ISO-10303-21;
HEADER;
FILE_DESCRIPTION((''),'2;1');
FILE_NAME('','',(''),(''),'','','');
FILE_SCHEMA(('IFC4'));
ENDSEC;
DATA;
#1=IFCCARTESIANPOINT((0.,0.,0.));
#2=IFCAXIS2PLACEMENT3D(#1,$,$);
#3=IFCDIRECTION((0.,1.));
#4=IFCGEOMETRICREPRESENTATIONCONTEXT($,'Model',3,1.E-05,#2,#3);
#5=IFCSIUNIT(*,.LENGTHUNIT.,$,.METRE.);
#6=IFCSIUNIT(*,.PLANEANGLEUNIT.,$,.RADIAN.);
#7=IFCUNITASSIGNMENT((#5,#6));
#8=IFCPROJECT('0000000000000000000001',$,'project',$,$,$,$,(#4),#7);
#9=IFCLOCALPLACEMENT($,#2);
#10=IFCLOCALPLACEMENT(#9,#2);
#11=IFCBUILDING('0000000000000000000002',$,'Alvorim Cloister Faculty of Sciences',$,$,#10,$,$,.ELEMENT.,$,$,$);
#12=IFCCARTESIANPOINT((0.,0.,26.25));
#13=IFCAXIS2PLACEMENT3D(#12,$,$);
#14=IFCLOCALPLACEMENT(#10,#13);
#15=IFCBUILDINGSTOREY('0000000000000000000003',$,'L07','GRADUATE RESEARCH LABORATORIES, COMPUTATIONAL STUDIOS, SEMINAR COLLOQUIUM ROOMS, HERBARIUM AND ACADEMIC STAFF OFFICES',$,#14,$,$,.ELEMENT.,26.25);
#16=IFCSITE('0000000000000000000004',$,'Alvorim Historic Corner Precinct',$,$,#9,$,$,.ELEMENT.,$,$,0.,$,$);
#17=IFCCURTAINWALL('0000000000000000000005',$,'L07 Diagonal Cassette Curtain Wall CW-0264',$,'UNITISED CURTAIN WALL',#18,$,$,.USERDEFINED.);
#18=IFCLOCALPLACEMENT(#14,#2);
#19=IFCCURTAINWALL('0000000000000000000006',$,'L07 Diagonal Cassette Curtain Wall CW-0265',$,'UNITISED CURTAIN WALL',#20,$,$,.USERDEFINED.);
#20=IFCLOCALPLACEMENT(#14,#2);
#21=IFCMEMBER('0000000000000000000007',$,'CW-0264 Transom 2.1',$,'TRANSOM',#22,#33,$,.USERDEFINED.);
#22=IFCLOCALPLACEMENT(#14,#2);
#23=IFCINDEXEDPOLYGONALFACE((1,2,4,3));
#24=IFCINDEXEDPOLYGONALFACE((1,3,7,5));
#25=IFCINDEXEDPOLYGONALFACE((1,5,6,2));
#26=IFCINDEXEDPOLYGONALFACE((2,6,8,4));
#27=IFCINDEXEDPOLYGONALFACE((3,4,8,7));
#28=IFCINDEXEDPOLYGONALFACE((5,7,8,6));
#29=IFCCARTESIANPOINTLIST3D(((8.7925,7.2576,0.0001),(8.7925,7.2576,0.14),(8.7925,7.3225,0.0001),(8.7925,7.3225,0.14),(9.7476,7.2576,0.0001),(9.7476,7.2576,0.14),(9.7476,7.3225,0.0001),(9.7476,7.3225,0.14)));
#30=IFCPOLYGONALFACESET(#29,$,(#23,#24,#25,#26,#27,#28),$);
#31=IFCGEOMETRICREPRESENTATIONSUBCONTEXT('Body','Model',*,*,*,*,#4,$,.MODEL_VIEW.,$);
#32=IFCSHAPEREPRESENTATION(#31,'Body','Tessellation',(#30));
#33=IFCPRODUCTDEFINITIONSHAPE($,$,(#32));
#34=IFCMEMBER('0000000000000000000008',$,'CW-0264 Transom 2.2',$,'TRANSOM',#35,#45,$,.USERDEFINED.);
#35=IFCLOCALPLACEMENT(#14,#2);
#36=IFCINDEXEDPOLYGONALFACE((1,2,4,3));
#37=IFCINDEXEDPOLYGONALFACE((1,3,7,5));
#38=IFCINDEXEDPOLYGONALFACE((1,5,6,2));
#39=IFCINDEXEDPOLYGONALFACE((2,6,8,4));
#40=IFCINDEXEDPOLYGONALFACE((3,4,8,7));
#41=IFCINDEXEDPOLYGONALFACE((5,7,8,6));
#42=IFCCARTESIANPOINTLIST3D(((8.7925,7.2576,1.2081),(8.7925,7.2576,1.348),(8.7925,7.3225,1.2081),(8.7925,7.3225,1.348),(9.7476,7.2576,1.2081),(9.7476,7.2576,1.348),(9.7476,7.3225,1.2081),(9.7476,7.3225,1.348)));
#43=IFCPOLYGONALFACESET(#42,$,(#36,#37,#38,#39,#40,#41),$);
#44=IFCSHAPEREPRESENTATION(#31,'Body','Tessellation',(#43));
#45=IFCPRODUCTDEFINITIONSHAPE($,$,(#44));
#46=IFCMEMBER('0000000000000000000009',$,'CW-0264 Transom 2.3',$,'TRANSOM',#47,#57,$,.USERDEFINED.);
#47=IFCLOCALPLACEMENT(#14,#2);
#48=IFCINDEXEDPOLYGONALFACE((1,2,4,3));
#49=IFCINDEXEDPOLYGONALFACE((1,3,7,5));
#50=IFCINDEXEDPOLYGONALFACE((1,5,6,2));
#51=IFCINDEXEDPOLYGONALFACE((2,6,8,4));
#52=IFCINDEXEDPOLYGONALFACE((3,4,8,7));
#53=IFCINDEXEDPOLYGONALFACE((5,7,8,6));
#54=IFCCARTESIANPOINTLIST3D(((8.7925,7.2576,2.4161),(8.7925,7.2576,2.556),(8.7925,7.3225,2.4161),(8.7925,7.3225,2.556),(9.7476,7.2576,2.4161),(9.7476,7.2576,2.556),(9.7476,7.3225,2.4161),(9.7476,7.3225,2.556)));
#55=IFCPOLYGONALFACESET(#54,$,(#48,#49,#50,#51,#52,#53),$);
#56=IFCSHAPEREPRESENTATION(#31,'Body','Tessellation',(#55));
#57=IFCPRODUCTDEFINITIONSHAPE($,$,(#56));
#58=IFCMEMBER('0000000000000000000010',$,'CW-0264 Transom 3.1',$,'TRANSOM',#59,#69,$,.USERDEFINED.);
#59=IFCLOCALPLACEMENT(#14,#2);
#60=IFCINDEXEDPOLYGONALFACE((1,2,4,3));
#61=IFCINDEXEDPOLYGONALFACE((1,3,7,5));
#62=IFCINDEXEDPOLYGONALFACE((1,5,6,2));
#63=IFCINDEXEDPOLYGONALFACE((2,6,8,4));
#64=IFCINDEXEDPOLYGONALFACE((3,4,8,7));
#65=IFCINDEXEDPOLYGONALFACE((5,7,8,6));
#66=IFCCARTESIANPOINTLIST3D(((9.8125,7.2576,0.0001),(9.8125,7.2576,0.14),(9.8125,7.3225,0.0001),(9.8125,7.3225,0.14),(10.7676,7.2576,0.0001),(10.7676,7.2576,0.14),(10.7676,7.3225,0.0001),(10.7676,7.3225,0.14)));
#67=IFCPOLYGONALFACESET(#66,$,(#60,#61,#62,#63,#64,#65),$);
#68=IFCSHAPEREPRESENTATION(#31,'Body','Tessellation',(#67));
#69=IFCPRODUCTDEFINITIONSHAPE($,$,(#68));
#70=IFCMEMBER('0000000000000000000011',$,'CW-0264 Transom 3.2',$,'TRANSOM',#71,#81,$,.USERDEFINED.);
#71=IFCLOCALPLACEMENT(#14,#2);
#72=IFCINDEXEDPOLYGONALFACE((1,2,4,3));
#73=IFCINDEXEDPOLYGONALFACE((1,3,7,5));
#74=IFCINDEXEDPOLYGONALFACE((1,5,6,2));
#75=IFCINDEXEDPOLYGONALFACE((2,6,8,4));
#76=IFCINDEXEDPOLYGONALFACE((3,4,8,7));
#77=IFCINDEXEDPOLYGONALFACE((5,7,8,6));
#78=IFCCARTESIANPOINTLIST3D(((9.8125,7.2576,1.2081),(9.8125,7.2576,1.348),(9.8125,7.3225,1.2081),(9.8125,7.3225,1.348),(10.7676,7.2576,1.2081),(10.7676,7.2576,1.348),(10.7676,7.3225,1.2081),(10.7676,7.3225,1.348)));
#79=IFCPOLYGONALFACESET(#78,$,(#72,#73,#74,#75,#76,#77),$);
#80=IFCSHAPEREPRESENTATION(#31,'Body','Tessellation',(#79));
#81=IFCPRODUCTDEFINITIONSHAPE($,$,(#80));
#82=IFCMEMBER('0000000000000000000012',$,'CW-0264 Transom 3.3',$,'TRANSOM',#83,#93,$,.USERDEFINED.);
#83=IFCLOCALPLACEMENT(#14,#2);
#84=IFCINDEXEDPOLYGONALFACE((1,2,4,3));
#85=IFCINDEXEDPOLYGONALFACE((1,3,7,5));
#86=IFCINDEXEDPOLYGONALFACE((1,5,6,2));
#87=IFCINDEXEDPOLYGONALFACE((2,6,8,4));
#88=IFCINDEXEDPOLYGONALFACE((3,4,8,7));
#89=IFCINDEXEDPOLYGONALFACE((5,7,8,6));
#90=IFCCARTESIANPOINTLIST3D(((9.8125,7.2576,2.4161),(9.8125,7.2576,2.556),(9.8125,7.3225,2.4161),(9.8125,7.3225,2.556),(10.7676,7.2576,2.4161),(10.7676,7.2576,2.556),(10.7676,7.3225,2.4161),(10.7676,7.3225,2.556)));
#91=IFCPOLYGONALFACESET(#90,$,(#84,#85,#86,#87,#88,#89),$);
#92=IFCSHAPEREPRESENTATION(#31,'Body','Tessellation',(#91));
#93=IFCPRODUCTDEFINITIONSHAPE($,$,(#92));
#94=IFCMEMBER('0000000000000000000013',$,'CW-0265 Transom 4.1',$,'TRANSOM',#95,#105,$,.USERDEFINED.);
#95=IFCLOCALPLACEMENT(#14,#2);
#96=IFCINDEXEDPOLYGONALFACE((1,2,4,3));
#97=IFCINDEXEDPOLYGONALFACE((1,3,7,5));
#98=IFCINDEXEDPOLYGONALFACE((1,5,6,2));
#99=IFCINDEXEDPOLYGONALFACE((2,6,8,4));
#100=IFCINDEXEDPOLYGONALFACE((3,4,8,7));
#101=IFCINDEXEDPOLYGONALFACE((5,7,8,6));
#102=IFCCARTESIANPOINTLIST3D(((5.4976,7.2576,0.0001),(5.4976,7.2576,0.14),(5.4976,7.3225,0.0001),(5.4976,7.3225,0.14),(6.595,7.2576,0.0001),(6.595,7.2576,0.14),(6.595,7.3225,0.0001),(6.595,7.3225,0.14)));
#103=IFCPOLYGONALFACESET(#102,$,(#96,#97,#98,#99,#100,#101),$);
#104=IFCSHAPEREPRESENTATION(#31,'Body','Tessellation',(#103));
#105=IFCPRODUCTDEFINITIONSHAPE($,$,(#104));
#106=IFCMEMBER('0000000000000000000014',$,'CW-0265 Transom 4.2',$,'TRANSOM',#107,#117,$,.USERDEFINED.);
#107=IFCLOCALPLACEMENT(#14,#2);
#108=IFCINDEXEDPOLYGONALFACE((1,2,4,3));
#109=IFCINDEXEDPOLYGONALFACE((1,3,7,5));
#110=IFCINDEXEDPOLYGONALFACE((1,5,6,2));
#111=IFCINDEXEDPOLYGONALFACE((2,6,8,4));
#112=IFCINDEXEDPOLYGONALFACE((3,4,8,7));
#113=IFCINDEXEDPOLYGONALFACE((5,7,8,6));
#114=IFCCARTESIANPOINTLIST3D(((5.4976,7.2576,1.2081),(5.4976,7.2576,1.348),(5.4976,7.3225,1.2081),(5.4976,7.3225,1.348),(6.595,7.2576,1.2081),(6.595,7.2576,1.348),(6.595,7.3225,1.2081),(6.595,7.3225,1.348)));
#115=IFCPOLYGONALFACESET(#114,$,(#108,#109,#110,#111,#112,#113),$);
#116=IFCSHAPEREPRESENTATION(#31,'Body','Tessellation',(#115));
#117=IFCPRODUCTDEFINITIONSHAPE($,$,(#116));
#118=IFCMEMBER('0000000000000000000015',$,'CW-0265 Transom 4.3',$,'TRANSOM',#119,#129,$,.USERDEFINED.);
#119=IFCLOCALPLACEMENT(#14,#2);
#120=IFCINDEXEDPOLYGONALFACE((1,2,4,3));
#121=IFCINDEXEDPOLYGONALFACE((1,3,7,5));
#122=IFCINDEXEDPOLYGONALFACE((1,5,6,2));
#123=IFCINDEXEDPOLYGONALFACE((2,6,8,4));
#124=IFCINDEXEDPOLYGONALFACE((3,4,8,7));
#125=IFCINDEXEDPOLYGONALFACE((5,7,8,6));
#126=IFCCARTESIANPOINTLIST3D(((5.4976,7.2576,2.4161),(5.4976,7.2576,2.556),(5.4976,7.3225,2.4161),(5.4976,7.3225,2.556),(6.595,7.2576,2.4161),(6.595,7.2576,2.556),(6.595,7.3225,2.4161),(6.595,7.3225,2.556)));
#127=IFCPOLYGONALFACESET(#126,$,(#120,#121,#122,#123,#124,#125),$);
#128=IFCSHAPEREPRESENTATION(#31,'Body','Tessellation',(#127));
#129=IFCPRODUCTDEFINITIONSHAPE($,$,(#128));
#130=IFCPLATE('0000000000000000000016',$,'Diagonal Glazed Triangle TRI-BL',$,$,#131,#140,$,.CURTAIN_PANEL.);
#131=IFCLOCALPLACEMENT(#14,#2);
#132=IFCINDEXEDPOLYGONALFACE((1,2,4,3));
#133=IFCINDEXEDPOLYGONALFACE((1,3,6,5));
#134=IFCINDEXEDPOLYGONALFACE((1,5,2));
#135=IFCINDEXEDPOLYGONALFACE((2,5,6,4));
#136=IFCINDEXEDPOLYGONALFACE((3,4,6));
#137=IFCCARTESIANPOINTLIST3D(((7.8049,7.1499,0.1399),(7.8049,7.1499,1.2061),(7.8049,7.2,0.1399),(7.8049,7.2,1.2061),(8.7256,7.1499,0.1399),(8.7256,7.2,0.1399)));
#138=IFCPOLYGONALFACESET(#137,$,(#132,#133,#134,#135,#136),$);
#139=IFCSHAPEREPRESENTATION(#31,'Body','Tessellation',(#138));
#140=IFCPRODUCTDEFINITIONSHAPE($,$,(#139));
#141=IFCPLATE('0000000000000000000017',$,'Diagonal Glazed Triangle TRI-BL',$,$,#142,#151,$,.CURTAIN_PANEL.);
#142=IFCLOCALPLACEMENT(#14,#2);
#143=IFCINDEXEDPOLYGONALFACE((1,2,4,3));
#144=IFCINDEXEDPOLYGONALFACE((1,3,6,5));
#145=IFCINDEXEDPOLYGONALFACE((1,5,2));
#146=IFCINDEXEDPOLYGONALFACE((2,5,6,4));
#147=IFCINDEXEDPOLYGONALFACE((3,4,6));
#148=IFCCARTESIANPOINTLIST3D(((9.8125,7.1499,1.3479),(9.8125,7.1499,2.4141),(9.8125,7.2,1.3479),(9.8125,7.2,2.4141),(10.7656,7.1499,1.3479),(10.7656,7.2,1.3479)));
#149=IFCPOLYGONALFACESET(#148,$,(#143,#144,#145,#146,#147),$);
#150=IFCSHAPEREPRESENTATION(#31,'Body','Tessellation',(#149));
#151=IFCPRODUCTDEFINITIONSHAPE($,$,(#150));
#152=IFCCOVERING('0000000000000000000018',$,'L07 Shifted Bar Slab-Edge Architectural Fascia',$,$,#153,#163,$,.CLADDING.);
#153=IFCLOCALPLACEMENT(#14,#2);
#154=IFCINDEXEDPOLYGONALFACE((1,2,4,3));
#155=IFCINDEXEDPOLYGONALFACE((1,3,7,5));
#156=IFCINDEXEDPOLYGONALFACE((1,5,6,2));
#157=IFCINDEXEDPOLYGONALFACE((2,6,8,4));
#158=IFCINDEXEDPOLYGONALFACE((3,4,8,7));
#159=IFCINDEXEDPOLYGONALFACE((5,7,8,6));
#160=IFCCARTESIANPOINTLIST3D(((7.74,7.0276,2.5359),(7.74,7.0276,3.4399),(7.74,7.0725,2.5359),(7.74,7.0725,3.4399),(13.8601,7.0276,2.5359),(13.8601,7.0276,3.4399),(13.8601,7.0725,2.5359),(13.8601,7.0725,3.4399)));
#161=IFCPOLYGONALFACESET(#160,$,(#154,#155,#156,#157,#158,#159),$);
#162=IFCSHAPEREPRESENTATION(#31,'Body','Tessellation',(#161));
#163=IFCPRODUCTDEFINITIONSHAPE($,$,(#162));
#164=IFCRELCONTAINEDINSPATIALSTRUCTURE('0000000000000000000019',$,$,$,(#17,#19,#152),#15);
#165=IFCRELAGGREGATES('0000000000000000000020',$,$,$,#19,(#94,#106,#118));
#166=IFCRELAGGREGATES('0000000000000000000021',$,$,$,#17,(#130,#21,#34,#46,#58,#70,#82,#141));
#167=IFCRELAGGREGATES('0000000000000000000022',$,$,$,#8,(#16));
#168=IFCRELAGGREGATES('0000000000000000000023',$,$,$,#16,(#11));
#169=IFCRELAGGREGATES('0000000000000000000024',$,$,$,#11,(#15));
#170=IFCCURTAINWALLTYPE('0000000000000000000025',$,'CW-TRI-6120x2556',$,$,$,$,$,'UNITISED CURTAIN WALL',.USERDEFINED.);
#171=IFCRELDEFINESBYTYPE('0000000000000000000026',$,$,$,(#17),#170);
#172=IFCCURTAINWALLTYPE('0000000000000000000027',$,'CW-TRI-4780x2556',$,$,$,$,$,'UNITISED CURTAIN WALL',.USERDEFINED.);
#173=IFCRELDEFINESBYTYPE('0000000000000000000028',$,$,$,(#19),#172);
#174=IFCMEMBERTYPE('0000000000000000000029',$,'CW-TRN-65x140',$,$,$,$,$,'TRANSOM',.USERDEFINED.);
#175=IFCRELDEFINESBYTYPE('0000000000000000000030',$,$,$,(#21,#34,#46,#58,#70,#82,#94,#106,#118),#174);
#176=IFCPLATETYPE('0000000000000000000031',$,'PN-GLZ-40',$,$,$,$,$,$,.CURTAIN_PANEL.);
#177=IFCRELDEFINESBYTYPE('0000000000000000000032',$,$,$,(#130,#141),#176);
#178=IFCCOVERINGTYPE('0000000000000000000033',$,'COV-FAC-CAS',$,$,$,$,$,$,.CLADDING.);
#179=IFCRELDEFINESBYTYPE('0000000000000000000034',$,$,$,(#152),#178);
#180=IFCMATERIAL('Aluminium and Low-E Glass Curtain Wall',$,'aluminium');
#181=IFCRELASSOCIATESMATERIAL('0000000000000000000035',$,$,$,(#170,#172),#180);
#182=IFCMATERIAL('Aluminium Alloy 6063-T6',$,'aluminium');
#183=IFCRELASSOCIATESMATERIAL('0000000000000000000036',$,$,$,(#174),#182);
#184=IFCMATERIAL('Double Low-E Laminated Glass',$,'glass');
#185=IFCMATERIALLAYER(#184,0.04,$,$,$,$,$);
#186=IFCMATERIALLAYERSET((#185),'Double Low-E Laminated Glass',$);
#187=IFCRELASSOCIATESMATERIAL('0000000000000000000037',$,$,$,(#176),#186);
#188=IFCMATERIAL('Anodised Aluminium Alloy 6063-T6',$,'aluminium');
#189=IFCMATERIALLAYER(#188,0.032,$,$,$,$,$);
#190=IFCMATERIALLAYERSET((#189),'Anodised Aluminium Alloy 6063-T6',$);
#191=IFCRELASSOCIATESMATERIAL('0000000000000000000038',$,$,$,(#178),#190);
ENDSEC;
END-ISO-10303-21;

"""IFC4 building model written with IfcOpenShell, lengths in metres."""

from ifc_helpers import new_model, si_unit, direction, frame, origin, origin_2d, place, context, subcontext, project, spatial, polyline, rectangle, outline, extrude, material, layer, layer_set, material_profile, profile_set, type_object, element, aggregate, save


model = new_model("IFC4")

# Units and contexts
model_context = context("Model", 3, precision=1e-05, world=origin(), true_north=direction((0.0, 1.0)))
body_context = subcontext(model_context, "Body", "Model", "MODEL_VIEW")
ifc_project = project(units=[si_unit("LENGTHUNIT", "METRE"), si_unit("PLANEANGLEUNIT", "RADIAN")], contexts=[model_context])

# Site, building, storey
site_placement = place(None, origin())
site = spatial("IfcSite", under=ifc_project, at=site_placement, Name="Alvorim Historic Corner Precinct", CompositionType="ELEMENT", RefElevation=0.0)
building_placement = place(site_placement, origin())
building = spatial("IfcBuilding", under=site, at=building_placement, Name="Alvorim Cloister Faculty of Sciences", CompositionType="ELEMENT")
storey_placement = place(building_placement, frame((0.0, 0.0, 26.25)))
storey = spatial("IfcBuildingStorey", under=building, at=storey_placement, Name="L07", Description="GRADUATE RESEARCH LABORATORIES, COMPUTATIONAL STUDIOS, SEMINAR COLLOQUIUM ROOMS, HERBARIUM AND ACADEMIC STAFF OFFICES", CompositionType="ELEMENT", Elevation=26.25)

# Curtain wall
ifc_material_1 = material(Name="Aluminium and Low-E Glass Curtain Wall", Category="aluminium")
curtain_wall_type_1 = type_object("IfcCurtainWallType", Name="CW-TRI-6120x2556", ElementType="UNITISED CURTAIN WALL", PredefinedType="USERDEFINED", material=ifc_material_1)
curtain_wall_1_placement = place(storey_placement, origin())
curtain_wall_1 = element("IfcCurtainWall", 1, at=curtain_wall_1_placement, inside=storey, type_object=curtain_wall_type_1, Name="L07 Diagonal Cassette Curtain Wall CW-0264", ObjectType="UNITISED CURTAIN WALL", PredefinedType="USERDEFINED")
ifc_material_2 = material(Name="Aluminium Alloy 6063-T6", Category="aluminium")

# Curtain wall
curtain_wall_type_2 = type_object("IfcCurtainWallType", Name="CW-TRI-4780x2556", ElementType="UNITISED CURTAIN WALL", PredefinedType="USERDEFINED", material=ifc_material_1)
curtain_wall_2_placement = place(storey_placement, origin())
curtain_wall_2 = element("IfcCurtainWall", 2, at=curtain_wall_2_placement, inside=storey, type_object=curtain_wall_type_2, Name="L07 Diagonal Cassette Curtain Wall CW-0265", ObjectType="UNITISED CURTAIN WALL", PredefinedType="USERDEFINED")

# Members
ifc_material_profile_1 = material_profile(ifc_material_2, rectangle(XDim=0.0649, YDim=0.1399, at=origin_2d()), Name="ALU-TRN-65x140")
ifc_profile_set_1 = profile_set([ifc_material_profile_1], Name="Aluminium Alloy 6063-T6")
member_type_1 = type_object("IfcMemberType", Name="CW-TRN-65x140", ElementType="TRANSOM", PredefinedType="USERDEFINED", material=ifc_profile_set_1)
member_1_placement = place(storey_placement, frame((8.7925, 7.29, 0.0701), z_axis=(1.0, 0.0, 0.0), x_axis=(0.0, 1.0, 0.0)))
member_1 = element("IfcMember", 3, at=member_1_placement, type_object=member_type_1, Name="CW-0264 Transom 2.1", ObjectType="TRANSOM", PredefinedType="USERDEFINED", context=body_context, shape_type="SweptSolid", body=[
    extrude(rectangle(XDim=0.0649, YDim=0.1399, at=origin_2d()), origin(), (0.0, 0.0, 1.0), 0.9551),
])
member_2_placement = place(storey_placement, frame((8.7925, 7.29, 1.2781), z_axis=(1.0, 0.0, 0.0), x_axis=(0.0, 1.0, 0.0)))
member_2 = element("IfcMember", 4, at=member_2_placement, type_object=member_type_1, Name="CW-0264 Transom 2.2", ObjectType="TRANSOM", PredefinedType="USERDEFINED", context=body_context, shape_type="SweptSolid", body=[
    extrude(rectangle(XDim=0.0649, YDim=0.1399, at=origin_2d()), origin(), (0.0, 0.0, 1.0), 0.9551),
])
member_3_placement = place(storey_placement, frame((8.7925, 7.29, 2.4861), z_axis=(1.0, 0.0, 0.0), x_axis=(0.0, 1.0, 0.0)))
member_3 = element("IfcMember", 5, at=member_3_placement, type_object=member_type_1, Name="CW-0264 Transom 2.3", ObjectType="TRANSOM", PredefinedType="USERDEFINED", context=body_context, shape_type="SweptSolid", body=[
    extrude(rectangle(XDim=0.0649, YDim=0.1399, at=origin_2d()), origin(), (0.0, 0.0, 1.0), 0.9551),
])
member_4_placement = place(storey_placement, frame((9.8125, 7.29, 0.0701), z_axis=(1.0, 0.0, 0.0), x_axis=(0.0, 1.0, 0.0)))
member_4 = element("IfcMember", 6, at=member_4_placement, type_object=member_type_1, Name="CW-0264 Transom 3.1", ObjectType="TRANSOM", PredefinedType="USERDEFINED", context=body_context, shape_type="SweptSolid", body=[
    extrude(rectangle(XDim=0.0649, YDim=0.1399, at=origin_2d()), origin(), (0.0, 0.0, 1.0), 0.9551),
])
member_5_placement = place(storey_placement, frame((9.8125, 7.29, 1.2781), z_axis=(1.0, 0.0, 0.0), x_axis=(0.0, 1.0, 0.0)))
member_5 = element("IfcMember", 7, at=member_5_placement, type_object=member_type_1, Name="CW-0264 Transom 3.2", ObjectType="TRANSOM", PredefinedType="USERDEFINED", context=body_context, shape_type="SweptSolid", body=[
    extrude(rectangle(XDim=0.0649, YDim=0.1399, at=origin_2d()), origin(), (0.0, 0.0, 1.0), 0.9551),
])
member_6_placement = place(storey_placement, frame((9.8125, 7.29, 2.4861), z_axis=(1.0, 0.0, 0.0), x_axis=(0.0, 1.0, 0.0)))
member_6 = element("IfcMember", 8, at=member_6_placement, type_object=member_type_1, Name="CW-0264 Transom 3.3", ObjectType="TRANSOM", PredefinedType="USERDEFINED", context=body_context, shape_type="SweptSolid", body=[
    extrude(rectangle(XDim=0.0649, YDim=0.1399, at=origin_2d()), origin(), (0.0, 0.0, 1.0), 0.9551),
])
member_7_placement = place(storey_placement, frame((5.4976, 7.29, 0.0701), z_axis=(1.0, 0.0, 0.0), x_axis=(0.0, 1.0, 0.0)))
member_7 = element("IfcMember", 9, at=member_7_placement, type_object=member_type_1, Name="CW-0265 Transom 4.1", ObjectType="TRANSOM", PredefinedType="USERDEFINED", context=body_context, shape_type="SweptSolid", body=[
    extrude(rectangle(XDim=0.0649, YDim=0.1399, at=origin_2d()), origin(), (0.0, 0.0, 1.0), 1.0974),
])
member_8_placement = place(storey_placement, frame((5.4976, 7.29, 1.2781), z_axis=(1.0, 0.0, 0.0), x_axis=(0.0, 1.0, 0.0)))
member_8 = element("IfcMember", 10, at=member_8_placement, type_object=member_type_1, Name="CW-0265 Transom 4.2", ObjectType="TRANSOM", PredefinedType="USERDEFINED", context=body_context, shape_type="SweptSolid", body=[
    extrude(rectangle(XDim=0.0649, YDim=0.1399, at=origin_2d()), origin(), (0.0, 0.0, 1.0), 1.0974),
])
member_9_placement = place(storey_placement, frame((5.4976, 7.29, 2.4861), z_axis=(1.0, 0.0, 0.0), x_axis=(0.0, 1.0, 0.0)))
member_9 = element("IfcMember", 11, at=member_9_placement, type_object=member_type_1, Name="CW-0265 Transom 4.3", ObjectType="TRANSOM", PredefinedType="USERDEFINED", context=body_context, shape_type="SweptSolid", body=[
    extrude(rectangle(XDim=0.0649, YDim=0.1399, at=origin_2d()), origin(), (0.0, 0.0, 1.0), 1.0974),
])
aggregate(curtain_wall_2, [member_7, member_8, member_9])

# Plates
ifc_material_3 = material(Name="Double Low-E Laminated Glass", Category="glass")
ifc_layer_1 = layer(ifc_material_3, 0.04)
ifc_layer_set_1 = layer_set([ifc_layer_1], Name="Double Low-E Laminated Glass")
plate_type = type_object("IfcPlateType", Name="PN-GLZ-40", PredefinedType="CURTAIN_PANEL", material=ifc_layer_set_1)
plate_1_placement = place(storey_placement, frame((7.8049, 7.175, 0.1399), z_axis=(0.0, 0.0, 1.0), x_axis=(1.0, 0.0, 0.0)))
plate_1 = element("IfcPlate", 12, at=plate_1_placement, type_object=plate_type, Name="Diagonal Glazed Triangle TRI-BL", PredefinedType="CURTAIN_PANEL", context=body_context, shape_type="SweptSolid", body=[
    extrude(outline(polyline([(0.0, 0.0), (0.9207, 0.0), (0.0, 1.0662), (0.0, 0.0)])), frame((0.0, 0.0249, 0.0), z_axis=(0.0, -1.0, 0.0), x_axis=(1.0, 0.0, 0.0)), (0.0, 0.0, 1.0), 0.05),
])
plate_2_placement = place(storey_placement, frame((9.8125, 7.175, 1.3479), z_axis=(0.0, 0.0, 1.0), x_axis=(1.0, 0.0, 0.0)))
plate_2 = element("IfcPlate", 13, at=plate_2_placement, type_object=plate_type, Name="Diagonal Glazed Triangle TRI-BL", PredefinedType="CURTAIN_PANEL", context=body_context, shape_type="SweptSolid", body=[
    extrude(outline(polyline([(0.0, 0.0), (0.9531, 0.0), (0.0, 1.0662), (0.0, 0.0)])), frame((0.0, 0.0249, 0.0), z_axis=(0.0, -1.0, 0.0), x_axis=(1.0, 0.0, 0.0)), (0.0, 0.0, 1.0), 0.05),
])
aggregate(curtain_wall_1, [plate_1, member_1, member_2, member_3, member_4, member_5, member_6, plate_2])

# Covering
ifc_material_4 = material(Name="Anodised Aluminium Alloy 6063-T6", Category="aluminium")
ifc_layer_2 = layer(ifc_material_4, 0.032)
ifc_layer_set_2 = layer_set([ifc_layer_2], Name="Anodised Aluminium Alloy 6063-T6")
covering_type = type_object("IfcCoveringType", Name="COV-FAC-CAS", PredefinedType="CLADDING", material=ifc_layer_set_2)
covering_placement = place(storey_placement, frame((7.74, 7.05, 2.5359), z_axis=(0.0, 0.0, 1.0), x_axis=(1.0, 0.0, 0.0)))
element("IfcCovering", 14, at=covering_placement, inside=storey, type_object=covering_type, Name="L07 Shifted Bar Slab-Edge Architectural Fascia", PredefinedType="CLADDING", context=body_context, shape_type="SweptSolid", body=[
    extrude(outline(polyline([(0.0, 0.0), (6.1201, 0.0), (6.1201, 0.9041), (0.0, 0.9041), (0.0, 0.0)])), frame((0.0, 0.0225, 0.0), z_axis=(0.0, -1.0, 0.0), x_axis=(1.0, 0.0, 0.0)), (0.0, 0.0, 1.0), 0.0449),
])

save(model, "model.ifc")
